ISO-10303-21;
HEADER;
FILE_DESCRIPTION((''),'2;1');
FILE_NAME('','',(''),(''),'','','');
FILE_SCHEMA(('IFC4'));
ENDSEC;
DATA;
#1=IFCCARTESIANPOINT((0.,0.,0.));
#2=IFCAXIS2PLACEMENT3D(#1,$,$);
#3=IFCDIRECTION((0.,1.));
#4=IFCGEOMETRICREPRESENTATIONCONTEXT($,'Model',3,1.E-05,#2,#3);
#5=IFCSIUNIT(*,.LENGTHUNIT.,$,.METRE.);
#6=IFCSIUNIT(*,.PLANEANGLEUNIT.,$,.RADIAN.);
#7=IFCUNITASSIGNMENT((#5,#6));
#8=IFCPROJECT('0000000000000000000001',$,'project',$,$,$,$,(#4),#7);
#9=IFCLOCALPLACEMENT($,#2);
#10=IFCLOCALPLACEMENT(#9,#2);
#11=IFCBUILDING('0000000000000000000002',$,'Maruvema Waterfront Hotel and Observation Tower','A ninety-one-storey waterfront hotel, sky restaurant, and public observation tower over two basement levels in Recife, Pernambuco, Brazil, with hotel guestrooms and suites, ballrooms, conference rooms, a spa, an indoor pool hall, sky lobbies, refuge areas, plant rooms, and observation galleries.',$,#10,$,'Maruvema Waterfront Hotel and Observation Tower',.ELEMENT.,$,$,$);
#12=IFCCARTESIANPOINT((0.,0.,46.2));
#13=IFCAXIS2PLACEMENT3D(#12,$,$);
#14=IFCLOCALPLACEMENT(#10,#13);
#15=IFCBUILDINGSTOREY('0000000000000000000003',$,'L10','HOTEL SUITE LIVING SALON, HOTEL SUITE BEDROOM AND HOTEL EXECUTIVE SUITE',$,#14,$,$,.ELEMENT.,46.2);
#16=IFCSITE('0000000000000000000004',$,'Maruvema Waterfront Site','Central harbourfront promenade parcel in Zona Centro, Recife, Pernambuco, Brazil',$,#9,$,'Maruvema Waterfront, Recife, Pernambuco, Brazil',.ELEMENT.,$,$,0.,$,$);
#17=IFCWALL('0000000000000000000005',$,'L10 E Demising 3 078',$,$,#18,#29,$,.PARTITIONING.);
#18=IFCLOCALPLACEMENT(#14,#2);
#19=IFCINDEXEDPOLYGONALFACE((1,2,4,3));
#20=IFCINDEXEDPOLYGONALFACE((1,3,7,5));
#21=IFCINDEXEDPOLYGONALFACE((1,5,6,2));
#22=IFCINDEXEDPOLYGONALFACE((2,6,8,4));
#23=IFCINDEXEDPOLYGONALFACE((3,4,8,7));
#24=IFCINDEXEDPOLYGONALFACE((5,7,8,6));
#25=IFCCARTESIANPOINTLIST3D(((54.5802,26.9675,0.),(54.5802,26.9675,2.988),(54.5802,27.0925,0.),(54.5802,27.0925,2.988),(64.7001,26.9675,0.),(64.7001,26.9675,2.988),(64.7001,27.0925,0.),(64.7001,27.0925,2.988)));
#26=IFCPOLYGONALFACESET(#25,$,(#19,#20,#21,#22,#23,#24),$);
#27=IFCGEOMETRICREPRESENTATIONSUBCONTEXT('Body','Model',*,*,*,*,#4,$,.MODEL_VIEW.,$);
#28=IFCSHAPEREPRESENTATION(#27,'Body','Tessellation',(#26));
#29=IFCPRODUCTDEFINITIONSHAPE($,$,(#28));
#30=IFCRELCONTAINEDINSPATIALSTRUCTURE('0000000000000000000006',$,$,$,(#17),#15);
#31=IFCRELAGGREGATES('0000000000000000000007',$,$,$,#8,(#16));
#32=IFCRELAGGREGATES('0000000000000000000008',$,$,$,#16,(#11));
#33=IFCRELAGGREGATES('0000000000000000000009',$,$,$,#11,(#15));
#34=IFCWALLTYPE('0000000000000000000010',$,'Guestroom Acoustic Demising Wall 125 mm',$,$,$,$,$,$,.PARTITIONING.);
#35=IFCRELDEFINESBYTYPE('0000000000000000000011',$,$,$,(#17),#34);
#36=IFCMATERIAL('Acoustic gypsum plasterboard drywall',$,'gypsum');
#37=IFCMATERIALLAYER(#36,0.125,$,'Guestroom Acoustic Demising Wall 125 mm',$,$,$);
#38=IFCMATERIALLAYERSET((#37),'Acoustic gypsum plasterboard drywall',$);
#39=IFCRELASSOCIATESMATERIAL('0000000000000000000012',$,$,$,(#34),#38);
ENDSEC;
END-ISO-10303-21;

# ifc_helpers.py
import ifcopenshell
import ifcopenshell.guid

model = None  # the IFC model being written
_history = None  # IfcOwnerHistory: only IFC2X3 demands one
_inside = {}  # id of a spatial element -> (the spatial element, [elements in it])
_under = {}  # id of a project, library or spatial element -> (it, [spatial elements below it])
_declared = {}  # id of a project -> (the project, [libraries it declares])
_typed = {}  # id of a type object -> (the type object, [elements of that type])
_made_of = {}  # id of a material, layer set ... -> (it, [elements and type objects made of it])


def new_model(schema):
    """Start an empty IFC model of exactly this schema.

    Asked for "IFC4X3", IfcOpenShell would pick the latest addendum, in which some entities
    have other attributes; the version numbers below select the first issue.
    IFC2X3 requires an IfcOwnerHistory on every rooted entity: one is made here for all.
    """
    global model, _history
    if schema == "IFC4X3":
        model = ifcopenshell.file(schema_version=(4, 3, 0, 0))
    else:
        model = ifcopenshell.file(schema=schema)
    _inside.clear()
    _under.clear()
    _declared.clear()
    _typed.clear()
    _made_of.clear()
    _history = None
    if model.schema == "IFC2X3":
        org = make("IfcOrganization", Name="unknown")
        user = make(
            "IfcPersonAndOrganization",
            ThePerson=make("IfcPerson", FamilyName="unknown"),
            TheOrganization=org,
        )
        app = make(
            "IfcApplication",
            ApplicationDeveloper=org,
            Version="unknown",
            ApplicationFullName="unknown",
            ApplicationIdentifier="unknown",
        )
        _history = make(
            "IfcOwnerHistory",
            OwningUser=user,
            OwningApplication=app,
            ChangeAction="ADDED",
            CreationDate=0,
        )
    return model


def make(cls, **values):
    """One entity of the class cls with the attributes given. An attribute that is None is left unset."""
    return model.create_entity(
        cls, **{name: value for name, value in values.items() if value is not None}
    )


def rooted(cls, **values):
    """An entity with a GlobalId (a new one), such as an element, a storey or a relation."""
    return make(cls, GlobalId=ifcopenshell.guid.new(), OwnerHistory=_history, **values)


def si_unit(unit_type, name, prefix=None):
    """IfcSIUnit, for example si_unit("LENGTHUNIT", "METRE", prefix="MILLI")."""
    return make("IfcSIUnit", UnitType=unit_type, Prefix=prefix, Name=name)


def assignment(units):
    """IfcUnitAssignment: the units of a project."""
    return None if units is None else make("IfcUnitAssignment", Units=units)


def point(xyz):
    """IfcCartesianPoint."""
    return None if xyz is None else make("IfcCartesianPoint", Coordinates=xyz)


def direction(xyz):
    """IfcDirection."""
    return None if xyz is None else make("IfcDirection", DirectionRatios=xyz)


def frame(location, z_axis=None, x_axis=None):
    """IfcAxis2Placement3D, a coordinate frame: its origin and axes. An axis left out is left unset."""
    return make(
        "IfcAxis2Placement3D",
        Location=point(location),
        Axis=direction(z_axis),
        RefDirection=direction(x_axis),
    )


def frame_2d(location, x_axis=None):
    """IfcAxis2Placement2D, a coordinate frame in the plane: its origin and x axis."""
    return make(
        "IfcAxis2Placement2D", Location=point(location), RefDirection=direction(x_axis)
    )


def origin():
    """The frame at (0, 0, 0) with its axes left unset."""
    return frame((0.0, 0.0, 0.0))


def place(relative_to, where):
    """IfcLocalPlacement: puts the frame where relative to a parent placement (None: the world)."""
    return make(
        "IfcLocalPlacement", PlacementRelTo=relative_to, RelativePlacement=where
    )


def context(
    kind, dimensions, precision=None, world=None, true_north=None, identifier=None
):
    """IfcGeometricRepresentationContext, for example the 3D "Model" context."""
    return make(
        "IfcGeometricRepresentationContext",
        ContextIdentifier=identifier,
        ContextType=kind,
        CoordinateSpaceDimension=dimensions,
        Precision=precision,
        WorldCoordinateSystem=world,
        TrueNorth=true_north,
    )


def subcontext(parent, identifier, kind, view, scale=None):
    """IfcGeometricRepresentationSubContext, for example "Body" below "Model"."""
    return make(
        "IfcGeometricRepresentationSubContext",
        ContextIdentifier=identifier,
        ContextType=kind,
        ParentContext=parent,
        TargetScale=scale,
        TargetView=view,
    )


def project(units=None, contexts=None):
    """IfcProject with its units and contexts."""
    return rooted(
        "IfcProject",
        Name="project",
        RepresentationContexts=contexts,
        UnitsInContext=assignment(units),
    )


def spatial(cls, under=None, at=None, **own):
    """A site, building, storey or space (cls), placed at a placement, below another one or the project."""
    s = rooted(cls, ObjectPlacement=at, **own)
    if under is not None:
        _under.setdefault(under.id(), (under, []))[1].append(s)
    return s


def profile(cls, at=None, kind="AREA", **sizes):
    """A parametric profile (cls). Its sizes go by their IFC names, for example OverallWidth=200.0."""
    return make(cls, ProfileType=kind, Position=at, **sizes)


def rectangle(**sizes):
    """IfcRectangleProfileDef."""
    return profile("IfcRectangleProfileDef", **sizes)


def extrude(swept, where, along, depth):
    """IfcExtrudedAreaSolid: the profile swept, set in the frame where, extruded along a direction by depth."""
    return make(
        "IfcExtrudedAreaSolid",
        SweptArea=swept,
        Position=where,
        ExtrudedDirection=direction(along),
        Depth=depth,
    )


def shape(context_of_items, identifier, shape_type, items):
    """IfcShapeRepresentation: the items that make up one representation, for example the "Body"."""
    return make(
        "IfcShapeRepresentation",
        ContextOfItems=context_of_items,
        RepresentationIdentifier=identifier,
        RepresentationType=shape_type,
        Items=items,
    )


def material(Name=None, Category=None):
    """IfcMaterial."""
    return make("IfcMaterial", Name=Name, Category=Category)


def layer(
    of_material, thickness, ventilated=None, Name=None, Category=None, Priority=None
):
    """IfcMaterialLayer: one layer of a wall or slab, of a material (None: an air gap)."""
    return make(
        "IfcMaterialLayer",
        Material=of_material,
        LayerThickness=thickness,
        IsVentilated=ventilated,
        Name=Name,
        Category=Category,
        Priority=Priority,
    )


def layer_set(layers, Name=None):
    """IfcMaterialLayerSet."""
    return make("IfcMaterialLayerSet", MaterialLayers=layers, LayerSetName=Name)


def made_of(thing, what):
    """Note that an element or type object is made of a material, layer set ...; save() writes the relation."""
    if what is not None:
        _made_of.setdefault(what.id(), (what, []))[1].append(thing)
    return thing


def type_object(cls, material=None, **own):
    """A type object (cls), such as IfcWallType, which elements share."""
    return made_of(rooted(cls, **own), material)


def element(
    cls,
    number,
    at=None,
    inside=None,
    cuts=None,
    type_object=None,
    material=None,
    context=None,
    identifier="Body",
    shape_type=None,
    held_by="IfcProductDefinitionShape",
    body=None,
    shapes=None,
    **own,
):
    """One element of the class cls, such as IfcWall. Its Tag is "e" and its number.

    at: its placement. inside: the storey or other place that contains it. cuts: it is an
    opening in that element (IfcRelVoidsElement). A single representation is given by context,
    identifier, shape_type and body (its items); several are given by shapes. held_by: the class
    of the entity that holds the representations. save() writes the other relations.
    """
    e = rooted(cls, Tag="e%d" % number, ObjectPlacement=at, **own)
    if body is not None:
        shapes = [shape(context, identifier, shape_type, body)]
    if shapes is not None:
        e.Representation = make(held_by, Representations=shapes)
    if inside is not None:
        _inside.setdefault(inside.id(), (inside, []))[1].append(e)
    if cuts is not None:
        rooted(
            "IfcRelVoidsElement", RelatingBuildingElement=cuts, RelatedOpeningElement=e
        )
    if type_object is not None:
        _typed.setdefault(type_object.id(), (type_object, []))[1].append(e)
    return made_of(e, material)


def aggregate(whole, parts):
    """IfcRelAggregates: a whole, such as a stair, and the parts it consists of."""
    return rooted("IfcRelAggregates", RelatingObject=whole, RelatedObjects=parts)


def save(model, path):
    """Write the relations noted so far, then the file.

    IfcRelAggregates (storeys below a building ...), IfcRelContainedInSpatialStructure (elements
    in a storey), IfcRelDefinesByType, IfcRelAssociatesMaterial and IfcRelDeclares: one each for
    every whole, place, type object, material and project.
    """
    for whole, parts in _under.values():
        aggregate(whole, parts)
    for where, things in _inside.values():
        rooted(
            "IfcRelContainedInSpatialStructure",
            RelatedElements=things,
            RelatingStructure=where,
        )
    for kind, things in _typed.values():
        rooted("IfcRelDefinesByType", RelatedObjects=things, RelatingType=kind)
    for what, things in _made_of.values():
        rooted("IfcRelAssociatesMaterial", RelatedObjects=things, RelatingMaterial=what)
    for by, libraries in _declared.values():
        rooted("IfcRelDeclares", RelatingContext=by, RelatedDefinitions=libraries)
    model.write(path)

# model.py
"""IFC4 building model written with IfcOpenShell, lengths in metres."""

from ifc_helpers import new_model, si_unit, direction, frame, frame_2d, origin, place, context, subcontext, project, spatial, rectangle, extrude, material, layer, layer_set, type_object, element, save


model = new_model("IFC4")

# Units and contexts
model_context = context("Model", 3, precision=1e-05, world=origin(), true_north=direction((0.0, 1.0)))
body_context = subcontext(model_context, "Body", "Model", "MODEL_VIEW")
ifc_project = project(units=[si_unit("LENGTHUNIT", "METRE"), si_unit("PLANEANGLEUNIT", "RADIAN")], contexts=[model_context])

# Site, building, storey
site_placement = place(None, origin())
site = spatial("IfcSite", under=ifc_project, at=site_placement, Name="Maruvema Waterfront Site", Description="Central harbourfront promenade parcel in Zona Centro, Recife, Pernambuco, Brazil", LongName="Maruvema Waterfront, Recife, Pernambuco, Brazil", CompositionType="ELEMENT", RefElevation=0.0)
building_placement = place(site_placement, origin())
building = spatial("IfcBuilding", under=site, at=building_placement, Name="Maruvema Waterfront Hotel and Observation Tower", Description="A ninety-one-storey waterfront hotel, sky restaurant, and public observation tower over two basement levels in Recife, Pernambuco, Brazil, with hotel guestrooms and suites, ballrooms, conference rooms, a spa, an indoor pool hall, sky lobbies, refuge areas, plant rooms, and observation galleries.", LongName="Maruvema Waterfront Hotel and Observation Tower", CompositionType="ELEMENT")
storey_placement = place(building_placement, frame((0.0, 0.0, 46.2)))
storey = spatial("IfcBuildingStorey", under=building, at=storey_placement, Name="L10", Description="HOTEL SUITE LIVING SALON, HOTEL SUITE BEDROOM AND HOTEL EXECUTIVE SUITE", CompositionType="ELEMENT", Elevation=46.2)

# Wall
ifc_material_1 = material(Name="Acoustic gypsum plasterboard drywall", Category="gypsum")
ifc_layer_1 = layer(ifc_material_1, 0.125, Name="Guestroom Acoustic Demising Wall 125 mm")
ifc_layer_set_1 = layer_set([ifc_layer_1], Name="Acoustic gypsum plasterboard drywall")
wall_type_1 = type_object("IfcWallType", Name="Guestroom Acoustic Demising Wall 125 mm", PredefinedType="PARTITIONING", material=ifc_layer_set_1)
wall_1_placement = place(storey_placement, frame((54.5801, 27.03, 0.0), z_axis=(0.0, 0.0, 1.0), x_axis=(1.0, 0.0, 0.0)))
element("IfcWall", 1, at=wall_1_placement, inside=storey, type_object=wall_type_1, Name="L10 E Demising 3 078", PredefinedType="PARTITIONING", context=body_context, shape_type="SweptSolid", body=[
    extrude(rectangle(XDim=10.1199, YDim=0.125, at=frame_2d((5.0601, 0.0))), origin(), (0.0, 0.0, 1.0), 2.988),
])

save(model, "model.ifc")
